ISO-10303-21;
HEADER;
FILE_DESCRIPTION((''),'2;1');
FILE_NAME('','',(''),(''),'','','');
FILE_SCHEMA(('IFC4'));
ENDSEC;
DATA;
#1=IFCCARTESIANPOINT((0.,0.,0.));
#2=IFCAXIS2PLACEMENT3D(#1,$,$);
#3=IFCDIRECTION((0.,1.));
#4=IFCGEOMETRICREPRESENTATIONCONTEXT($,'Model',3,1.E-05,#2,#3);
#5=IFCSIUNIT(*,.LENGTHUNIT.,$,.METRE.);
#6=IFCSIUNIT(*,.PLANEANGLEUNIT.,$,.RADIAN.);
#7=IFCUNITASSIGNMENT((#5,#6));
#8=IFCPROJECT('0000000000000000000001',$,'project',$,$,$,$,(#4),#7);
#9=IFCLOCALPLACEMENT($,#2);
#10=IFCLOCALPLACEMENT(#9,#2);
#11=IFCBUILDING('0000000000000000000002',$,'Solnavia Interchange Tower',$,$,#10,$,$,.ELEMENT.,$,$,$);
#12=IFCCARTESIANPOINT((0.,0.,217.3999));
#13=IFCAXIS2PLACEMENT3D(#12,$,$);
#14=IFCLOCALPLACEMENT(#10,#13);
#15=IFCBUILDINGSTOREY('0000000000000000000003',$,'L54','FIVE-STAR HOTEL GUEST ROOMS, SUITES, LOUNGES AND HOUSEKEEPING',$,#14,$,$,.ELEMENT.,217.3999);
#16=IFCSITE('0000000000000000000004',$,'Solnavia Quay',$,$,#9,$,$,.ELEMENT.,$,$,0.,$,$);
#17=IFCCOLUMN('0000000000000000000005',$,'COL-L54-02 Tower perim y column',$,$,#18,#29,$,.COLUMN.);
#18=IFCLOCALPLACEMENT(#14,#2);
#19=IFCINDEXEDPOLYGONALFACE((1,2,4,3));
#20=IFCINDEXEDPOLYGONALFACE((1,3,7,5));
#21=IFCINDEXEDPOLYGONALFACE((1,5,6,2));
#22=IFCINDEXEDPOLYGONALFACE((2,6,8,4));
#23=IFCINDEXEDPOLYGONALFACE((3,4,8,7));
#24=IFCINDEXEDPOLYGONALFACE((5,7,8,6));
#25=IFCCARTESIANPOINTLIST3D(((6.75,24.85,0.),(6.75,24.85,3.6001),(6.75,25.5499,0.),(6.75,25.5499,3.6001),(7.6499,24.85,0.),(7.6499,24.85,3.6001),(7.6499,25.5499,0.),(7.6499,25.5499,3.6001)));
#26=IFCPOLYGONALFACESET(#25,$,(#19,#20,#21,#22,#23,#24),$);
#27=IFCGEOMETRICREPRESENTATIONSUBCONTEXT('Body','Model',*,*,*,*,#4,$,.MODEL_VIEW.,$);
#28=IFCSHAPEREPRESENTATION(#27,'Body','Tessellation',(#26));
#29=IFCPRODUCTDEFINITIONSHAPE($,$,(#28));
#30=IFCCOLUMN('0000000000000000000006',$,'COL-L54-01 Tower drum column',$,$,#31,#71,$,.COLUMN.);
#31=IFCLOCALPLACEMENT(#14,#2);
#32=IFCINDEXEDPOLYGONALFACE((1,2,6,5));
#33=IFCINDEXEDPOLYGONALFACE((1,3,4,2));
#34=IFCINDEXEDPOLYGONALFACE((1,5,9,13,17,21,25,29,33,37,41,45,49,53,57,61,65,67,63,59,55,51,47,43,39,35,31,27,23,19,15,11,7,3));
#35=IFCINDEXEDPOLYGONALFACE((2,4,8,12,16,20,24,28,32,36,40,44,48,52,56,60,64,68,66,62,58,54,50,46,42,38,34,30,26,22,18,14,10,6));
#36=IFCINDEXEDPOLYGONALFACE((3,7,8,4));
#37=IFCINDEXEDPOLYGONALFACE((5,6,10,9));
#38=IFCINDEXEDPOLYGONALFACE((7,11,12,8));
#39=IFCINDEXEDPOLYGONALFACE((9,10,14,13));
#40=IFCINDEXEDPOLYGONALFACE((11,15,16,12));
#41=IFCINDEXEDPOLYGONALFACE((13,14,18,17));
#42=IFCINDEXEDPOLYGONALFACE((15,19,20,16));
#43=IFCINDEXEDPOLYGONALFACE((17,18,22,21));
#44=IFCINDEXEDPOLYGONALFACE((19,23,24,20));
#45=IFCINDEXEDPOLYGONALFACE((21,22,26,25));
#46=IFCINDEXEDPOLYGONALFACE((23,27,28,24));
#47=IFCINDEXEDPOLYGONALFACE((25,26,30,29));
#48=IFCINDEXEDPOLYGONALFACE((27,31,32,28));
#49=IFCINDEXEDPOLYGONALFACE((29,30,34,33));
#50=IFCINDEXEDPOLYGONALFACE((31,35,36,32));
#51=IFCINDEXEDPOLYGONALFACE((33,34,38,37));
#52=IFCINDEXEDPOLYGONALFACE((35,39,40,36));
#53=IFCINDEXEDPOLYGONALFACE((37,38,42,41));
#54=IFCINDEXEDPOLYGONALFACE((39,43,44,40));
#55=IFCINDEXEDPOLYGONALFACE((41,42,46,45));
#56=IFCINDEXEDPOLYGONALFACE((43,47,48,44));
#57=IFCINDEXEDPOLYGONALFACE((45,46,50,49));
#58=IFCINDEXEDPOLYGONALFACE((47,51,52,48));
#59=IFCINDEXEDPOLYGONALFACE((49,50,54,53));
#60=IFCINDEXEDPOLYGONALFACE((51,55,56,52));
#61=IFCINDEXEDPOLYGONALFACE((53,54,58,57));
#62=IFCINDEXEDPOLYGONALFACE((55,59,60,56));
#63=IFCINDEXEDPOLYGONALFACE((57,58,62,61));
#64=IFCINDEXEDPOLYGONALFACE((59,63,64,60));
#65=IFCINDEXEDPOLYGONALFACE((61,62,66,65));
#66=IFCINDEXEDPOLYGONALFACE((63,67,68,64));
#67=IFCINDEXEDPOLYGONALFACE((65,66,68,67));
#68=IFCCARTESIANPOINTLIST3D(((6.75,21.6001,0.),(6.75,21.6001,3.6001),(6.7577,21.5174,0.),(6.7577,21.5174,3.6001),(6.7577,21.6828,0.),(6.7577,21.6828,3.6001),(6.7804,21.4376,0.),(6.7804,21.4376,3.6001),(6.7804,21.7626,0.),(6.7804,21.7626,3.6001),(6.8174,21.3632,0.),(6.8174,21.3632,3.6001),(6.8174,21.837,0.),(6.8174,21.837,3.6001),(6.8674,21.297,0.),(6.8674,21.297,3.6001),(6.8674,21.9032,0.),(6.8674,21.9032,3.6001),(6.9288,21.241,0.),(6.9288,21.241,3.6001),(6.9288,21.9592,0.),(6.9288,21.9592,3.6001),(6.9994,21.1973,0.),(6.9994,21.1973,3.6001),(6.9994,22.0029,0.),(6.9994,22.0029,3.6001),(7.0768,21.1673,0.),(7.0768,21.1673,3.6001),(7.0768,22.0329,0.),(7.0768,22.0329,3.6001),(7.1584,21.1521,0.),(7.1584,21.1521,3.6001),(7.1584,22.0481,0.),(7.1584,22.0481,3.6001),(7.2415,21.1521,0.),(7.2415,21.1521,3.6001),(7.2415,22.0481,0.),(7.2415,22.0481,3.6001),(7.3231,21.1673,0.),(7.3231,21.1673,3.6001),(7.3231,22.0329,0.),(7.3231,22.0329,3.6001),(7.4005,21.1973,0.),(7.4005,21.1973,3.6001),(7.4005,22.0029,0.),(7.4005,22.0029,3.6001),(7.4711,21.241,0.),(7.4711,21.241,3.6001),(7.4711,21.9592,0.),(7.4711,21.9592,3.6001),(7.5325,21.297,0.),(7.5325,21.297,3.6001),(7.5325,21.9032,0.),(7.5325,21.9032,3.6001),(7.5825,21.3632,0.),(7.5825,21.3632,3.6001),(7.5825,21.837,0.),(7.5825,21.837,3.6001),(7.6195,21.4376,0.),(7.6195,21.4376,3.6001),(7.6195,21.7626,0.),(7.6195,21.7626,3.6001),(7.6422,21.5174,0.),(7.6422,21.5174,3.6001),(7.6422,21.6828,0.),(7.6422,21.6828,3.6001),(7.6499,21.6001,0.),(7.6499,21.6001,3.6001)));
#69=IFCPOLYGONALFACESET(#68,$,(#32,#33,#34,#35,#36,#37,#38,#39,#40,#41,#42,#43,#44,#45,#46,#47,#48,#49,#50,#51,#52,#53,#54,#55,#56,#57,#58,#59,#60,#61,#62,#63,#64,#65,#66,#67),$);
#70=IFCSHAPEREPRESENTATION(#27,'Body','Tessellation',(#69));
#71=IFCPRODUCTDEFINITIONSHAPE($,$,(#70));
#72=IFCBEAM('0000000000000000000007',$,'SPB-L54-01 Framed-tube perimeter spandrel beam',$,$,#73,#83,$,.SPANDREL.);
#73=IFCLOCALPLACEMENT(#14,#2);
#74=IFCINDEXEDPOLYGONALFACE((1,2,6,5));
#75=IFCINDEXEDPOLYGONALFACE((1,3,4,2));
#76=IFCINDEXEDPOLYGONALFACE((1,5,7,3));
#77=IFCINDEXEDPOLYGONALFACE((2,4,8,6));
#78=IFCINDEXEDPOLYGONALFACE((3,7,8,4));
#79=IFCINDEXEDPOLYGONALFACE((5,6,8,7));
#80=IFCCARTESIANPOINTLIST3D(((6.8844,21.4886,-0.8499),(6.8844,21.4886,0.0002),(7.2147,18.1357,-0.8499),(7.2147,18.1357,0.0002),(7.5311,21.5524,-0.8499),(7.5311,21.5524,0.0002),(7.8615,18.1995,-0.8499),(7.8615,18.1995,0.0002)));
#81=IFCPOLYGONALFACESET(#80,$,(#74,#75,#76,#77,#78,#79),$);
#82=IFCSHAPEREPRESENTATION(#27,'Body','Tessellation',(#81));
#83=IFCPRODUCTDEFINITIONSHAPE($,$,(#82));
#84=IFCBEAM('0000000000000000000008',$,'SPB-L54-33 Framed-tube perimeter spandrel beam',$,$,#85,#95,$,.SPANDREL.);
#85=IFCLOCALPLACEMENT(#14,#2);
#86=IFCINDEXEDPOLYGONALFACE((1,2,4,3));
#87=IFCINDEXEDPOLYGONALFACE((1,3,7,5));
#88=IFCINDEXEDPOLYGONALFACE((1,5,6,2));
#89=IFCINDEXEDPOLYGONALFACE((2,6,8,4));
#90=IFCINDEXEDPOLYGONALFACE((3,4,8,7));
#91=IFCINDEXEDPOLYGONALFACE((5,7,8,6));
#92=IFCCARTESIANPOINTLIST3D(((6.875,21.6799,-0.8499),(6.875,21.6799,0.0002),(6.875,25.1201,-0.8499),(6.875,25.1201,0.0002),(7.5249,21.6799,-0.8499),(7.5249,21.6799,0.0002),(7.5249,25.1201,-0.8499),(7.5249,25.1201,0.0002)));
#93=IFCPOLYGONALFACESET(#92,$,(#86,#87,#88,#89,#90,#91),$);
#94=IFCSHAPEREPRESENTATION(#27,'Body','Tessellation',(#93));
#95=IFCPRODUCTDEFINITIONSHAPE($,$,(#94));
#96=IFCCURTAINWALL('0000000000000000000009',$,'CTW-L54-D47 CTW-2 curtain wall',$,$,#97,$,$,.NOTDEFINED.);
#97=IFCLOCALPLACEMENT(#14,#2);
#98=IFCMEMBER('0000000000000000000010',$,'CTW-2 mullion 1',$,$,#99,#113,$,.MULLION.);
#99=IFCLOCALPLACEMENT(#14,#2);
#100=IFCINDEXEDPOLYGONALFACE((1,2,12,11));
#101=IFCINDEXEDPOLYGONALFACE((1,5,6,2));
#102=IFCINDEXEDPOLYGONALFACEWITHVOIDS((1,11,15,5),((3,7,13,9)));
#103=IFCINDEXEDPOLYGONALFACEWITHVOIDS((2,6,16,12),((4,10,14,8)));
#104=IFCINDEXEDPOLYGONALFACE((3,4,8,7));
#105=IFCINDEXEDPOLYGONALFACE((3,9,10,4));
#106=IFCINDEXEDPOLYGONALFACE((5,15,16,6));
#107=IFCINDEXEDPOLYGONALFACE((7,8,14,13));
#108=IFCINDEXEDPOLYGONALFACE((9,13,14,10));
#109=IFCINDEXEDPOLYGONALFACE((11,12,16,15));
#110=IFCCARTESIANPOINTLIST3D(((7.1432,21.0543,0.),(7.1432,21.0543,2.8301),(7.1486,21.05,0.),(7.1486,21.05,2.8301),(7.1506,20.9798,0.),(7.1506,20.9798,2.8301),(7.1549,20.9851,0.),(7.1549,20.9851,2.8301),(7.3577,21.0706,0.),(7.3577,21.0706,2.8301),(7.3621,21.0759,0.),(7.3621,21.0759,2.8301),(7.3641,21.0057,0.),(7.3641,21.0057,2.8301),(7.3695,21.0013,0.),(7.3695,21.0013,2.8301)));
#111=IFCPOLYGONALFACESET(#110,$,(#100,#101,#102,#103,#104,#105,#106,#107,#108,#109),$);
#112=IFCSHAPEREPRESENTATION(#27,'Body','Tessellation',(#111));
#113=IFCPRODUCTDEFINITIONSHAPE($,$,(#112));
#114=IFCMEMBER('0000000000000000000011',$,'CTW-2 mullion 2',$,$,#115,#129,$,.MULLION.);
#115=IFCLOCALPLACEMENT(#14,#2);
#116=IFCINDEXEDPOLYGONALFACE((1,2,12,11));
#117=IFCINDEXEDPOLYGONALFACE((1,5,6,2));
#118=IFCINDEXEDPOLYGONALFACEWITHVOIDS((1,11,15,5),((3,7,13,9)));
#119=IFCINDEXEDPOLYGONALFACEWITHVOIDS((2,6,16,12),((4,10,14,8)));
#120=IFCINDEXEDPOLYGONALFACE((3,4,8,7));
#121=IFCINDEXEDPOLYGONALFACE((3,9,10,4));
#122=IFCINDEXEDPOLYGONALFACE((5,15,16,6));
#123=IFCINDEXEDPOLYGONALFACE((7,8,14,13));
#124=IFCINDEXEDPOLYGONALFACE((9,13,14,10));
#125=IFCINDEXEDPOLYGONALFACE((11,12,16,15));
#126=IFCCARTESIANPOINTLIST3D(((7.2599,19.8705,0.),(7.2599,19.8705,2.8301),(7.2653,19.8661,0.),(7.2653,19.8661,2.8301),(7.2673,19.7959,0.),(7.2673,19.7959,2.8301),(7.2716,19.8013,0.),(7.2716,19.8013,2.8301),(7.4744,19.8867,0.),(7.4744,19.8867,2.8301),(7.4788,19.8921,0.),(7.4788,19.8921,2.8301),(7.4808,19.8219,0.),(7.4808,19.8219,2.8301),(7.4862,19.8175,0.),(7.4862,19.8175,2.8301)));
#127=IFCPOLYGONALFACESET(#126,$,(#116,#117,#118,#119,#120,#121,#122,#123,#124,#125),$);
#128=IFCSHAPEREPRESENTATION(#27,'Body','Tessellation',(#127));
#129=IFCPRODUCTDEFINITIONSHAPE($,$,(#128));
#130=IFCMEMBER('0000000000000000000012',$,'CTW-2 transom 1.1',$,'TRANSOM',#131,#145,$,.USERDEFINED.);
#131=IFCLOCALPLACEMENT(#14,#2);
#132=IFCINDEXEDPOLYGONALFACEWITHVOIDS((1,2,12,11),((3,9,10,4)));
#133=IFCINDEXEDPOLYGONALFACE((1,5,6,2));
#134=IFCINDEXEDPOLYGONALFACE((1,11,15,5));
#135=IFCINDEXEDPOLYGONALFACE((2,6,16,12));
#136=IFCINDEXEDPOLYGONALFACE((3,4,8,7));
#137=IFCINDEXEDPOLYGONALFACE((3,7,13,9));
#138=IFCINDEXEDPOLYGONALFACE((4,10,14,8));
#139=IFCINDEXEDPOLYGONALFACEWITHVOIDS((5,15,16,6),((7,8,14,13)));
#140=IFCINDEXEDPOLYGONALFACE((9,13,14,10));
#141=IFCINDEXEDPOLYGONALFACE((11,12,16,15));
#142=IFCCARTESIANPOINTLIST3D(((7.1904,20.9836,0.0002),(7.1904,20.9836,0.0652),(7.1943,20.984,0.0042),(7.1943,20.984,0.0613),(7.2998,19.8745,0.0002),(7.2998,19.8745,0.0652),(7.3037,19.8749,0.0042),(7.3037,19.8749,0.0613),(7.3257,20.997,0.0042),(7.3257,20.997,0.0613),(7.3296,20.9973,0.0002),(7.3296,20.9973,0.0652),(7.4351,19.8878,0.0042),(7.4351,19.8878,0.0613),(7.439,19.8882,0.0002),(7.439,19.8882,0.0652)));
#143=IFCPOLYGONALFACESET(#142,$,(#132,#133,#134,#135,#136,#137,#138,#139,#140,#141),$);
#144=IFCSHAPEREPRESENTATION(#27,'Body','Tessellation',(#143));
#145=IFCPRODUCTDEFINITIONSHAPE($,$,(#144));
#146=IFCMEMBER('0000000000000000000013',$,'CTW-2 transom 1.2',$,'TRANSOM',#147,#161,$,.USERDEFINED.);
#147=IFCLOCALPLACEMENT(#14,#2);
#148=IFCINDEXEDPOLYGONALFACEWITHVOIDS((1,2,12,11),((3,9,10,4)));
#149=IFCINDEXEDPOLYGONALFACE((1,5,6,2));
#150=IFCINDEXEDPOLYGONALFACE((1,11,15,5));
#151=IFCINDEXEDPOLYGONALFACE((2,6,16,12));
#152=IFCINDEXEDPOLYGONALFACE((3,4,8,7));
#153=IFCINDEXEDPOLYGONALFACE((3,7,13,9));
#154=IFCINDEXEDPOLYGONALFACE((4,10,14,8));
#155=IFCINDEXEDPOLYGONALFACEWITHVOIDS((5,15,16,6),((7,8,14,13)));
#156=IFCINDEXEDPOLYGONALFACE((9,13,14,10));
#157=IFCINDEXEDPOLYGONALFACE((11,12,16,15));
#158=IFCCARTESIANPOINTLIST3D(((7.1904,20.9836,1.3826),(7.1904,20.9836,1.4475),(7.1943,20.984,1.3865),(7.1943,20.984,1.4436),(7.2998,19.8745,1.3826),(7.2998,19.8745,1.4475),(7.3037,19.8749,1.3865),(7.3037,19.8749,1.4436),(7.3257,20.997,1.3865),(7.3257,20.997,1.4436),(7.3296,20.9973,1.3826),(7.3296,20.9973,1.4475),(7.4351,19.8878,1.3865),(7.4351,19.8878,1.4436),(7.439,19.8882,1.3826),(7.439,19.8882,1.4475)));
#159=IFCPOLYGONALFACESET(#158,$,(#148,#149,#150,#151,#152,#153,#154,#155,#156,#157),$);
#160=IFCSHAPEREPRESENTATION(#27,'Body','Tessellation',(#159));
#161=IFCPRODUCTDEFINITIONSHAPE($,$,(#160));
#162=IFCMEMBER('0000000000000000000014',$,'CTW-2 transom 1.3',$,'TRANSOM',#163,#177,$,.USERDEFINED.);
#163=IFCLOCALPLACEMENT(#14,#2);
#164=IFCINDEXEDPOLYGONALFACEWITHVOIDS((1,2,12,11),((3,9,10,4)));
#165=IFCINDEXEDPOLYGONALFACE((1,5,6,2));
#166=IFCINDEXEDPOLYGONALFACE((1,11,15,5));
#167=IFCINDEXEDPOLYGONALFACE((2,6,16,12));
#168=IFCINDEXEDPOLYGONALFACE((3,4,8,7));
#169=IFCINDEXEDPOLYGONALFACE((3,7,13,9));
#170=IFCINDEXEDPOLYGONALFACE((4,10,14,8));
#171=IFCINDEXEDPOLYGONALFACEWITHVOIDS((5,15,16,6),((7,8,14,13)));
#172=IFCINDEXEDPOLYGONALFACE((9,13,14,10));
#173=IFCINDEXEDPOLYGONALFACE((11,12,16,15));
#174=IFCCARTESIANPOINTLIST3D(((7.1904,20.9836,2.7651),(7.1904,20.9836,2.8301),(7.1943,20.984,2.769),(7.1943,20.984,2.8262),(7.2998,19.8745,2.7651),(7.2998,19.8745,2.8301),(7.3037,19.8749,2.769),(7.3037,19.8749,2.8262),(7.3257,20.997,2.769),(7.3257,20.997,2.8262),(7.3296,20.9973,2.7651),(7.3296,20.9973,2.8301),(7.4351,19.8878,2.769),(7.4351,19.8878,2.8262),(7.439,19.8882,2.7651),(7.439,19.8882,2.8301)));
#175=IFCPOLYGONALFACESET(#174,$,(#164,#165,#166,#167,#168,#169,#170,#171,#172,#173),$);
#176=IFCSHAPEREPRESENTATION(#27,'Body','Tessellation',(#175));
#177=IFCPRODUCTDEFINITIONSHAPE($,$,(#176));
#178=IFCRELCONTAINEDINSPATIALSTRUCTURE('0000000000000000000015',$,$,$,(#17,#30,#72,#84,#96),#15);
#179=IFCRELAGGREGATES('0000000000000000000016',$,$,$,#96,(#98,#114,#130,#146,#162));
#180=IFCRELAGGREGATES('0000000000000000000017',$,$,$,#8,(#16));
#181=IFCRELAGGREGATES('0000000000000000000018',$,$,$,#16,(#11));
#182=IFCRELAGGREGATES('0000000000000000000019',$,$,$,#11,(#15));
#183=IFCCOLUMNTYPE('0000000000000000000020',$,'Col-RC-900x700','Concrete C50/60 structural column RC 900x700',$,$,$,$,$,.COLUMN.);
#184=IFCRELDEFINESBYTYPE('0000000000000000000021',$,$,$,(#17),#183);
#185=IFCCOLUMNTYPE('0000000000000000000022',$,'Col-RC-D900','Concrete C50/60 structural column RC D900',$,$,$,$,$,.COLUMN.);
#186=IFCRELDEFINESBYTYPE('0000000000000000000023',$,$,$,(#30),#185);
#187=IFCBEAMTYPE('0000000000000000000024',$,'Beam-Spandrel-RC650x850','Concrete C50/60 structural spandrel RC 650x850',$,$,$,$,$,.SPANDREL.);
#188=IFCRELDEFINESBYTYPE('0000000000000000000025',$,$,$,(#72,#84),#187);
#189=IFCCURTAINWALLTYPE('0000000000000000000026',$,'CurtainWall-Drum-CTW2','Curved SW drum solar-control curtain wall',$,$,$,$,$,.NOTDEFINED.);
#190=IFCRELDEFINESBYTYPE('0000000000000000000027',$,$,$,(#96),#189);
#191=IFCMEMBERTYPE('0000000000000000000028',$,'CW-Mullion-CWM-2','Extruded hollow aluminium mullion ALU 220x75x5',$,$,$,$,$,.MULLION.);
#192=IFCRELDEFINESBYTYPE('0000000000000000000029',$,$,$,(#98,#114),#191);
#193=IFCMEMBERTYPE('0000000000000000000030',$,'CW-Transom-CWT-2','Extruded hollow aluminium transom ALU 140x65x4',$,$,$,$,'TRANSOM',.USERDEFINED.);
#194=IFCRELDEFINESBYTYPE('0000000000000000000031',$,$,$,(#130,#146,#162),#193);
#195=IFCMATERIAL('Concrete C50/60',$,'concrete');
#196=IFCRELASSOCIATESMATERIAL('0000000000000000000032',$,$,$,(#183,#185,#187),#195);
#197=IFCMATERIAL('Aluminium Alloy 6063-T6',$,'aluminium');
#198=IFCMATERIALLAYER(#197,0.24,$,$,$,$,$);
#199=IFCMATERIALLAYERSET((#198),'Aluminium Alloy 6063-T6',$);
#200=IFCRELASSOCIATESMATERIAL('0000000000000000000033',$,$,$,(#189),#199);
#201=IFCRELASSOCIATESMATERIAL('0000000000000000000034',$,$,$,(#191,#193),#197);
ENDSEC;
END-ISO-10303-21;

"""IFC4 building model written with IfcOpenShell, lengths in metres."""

from ifc_helpers import new_model, si_unit, direction, frame, origin, origin_2d, place, context, subcontext, project, spatial, rectangle, hollow_rectangle, circle, extrude, material, layer, layer_set, material_profile, profile_set, type_object, element, aggregate, save


model = new_model("IFC4")

# Units and contexts
model_context = context("Model", 3, precision=1e-05, world=origin(), true_north=direction((0.0, 1.0)))
body_context = subcontext(model_context, "Body", "Model", "MODEL_VIEW")
ifc_project = project(units=[si_unit("LENGTHUNIT", "METRE"), si_unit("PLANEANGLEUNIT", "RADIAN")], contexts=[model_context])

# Site, building, storey
site_placement = place(None, origin())
site = spatial("IfcSite", under=ifc_project, at=site_placement, Name="Solnavia Quay", CompositionType="ELEMENT", RefElevation=0.0)
building_placement = place(site_placement, origin())
building = spatial("IfcBuilding", under=site, at=building_placement, Name="Solnavia Interchange Tower", CompositionType="ELEMENT")
storey_placement = place(building_placement, frame((0.0, 0.0, 217.3999)))
storey = spatial("IfcBuildingStorey", under=building, at=storey_placement, Name="L54", Description="FIVE-STAR HOTEL GUEST ROOMS, SUITES, LOUNGES AND HOUSEKEEPING", CompositionType="ELEMENT", Elevation=217.3999)

# Columns
ifc_material_1 = material(Name="Concrete C50/60", Category="concrete")
ifc_material_profile_1 = material_profile(ifc_material_1, rectangle(XDim=0.7, YDim=0.8999, at=origin_2d()), Name="RC 900x700")
ifc_profile_set_1 = profile_set([ifc_material_profile_1], Name="Concrete C50/60")
column_type_1 = type_object("IfcColumnType", Name="Col-RC-900x700", Description="Concrete C50/60 structural column RC 900x700", PredefinedType="COLUMN", material=ifc_profile_set_1)
column_1_placement = place(storey_placement, frame((7.2, 25.2, 0.0), z_axis=(0.0, 0.0, 1.0), x_axis=(0.0, 1.0, 0.0)))
element("IfcColumn", 1, at=column_1_placement, inside=storey, type_object=column_type_1, Name="COL-L54-02 Tower perim y column", PredefinedType="COLUMN", context=body_context, shape_type="SweptSolid", body=[
    extrude(rectangle(XDim=0.7, YDim=0.8999, at=origin_2d()), origin(), (0.0, 0.0, 1.0), 3.6001),
])
ifc_material_profile_2 = material_profile(ifc_material_1, circle(Radius=0.45, at=origin_2d()), Name="RC D900")
ifc_profile_set_2 = profile_set([ifc_material_profile_2], Name="Concrete C50/60")
column_type_2 = type_object("IfcColumnType", Name="Col-RC-D900", Description="Concrete C50/60 structural column RC D900", PredefinedType="COLUMN", material=ifc_profile_set_2)
column_2_placement = place(storey_placement, frame((7.2, 21.6001, 0.0), z_axis=(0.0, 0.0, 1.0), x_axis=(1.0, 0.0, 0.0)))
element("IfcColumn", 2, at=column_2_placement, inside=storey, type_object=column_type_2, Name="COL-L54-01 Tower drum column", PredefinedType="COLUMN", context=body_context, shape_type="SweptSolid", body=[
    extrude(circle(Radius=0.45, at=origin_2d()), origin(), (0.0, 0.0, 1.0), 3.6001),
])

# Beams
ifc_material_profile_3 = material_profile(ifc_material_1, rectangle(XDim=0.6499, YDim=0.8501, at=origin_2d()), Name="RC 650x850")
ifc_profile_set_3 = profile_set([ifc_material_profile_3], Name="Concrete C50/60")
beam_type = type_object("IfcBeamType", Name="Beam-Spandrel-RC650x850", Description="Concrete C50/60 structural spandrel RC 650x850", PredefinedType="SPANDREL", material=ifc_profile_set_3)
beam_1_placement = place(storey_placement, frame((7.2078, 21.5205, -0.4248), z_axis=(0.09804, -0.995182, 0.0), x_axis=(0.995182, 0.09804, 0.0)))
element("IfcBeam", 3, at=beam_1_placement, inside=storey, type_object=beam_type, Name="SPB-L54-01 Framed-tube perimeter spandrel beam", PredefinedType="SPANDREL", context=body_context, shape_type="SweptSolid", body=[
    extrude(rectangle(XDim=0.6499, YDim=0.8501, at=origin_2d()), origin(), (0.0, 0.0, 1.0), 3.3691),
])
beam_2_placement = place(storey_placement, frame((7.2, 25.1201, -0.4248), z_axis=(0.0, -1.0, 0.0), x_axis=(1.0, 0.0, 0.0)))
element("IfcBeam", 4, at=beam_2_placement, inside=storey, type_object=beam_type, Name="SPB-L54-33 Framed-tube perimeter spandrel beam", PredefinedType="SPANDREL", context=body_context, shape_type="SweptSolid", body=[
    extrude(rectangle(XDim=0.6499, YDim=0.8501, at=origin_2d()), origin(), (0.0, 0.0, 1.0), 3.4402),
])

# Curtain wall, members
ifc_material_2 = material(Name="Aluminium Alloy 6063-T6", Category="aluminium")
ifc_layer_1 = layer(ifc_material_2, 0.24)
ifc_layer_set_1 = layer_set([ifc_layer_1], Name="Aluminium Alloy 6063-T6")
curtain_wall_type = type_object("IfcCurtainWallType", Name="CurtainWall-Drum-CTW2", Description="Curved SW drum solar-control curtain wall", PredefinedType="NOTDEFINED", material=ifc_layer_set_1)
curtain_wall_placement = place(storey_placement, origin())
curtain_wall = element("IfcCurtainWall", 5, at=curtain_wall_placement, inside=storey, type_object=curtain_wall_type, Name="CTW-L54-D47 CTW-2 curtain wall", PredefinedType="NOTDEFINED")
ifc_material_profile_4 = material_profile(ifc_material_2, hollow_rectangle(XDim=0.075, YDim=0.22, WallThickness=0.0049, at=origin_2d()), Name="ALU 220x75x5")
ifc_profile_set_4 = profile_set([ifc_material_profile_4], Name="Aluminium Alloy 6063-T6")
member_type_1 = type_object("IfcMemberType", Name="CW-Mullion-CWM-2", Description="Extruded hollow aluminium mullion ALU 220x75x5", PredefinedType="MULLION", material=ifc_profile_set_4)
member_1_placement = place(storey_placement, frame((7.2563, 21.0278, 0.0), z_axis=(0.0, 0.0, 1.0), x_axis=(0.098043, -0.995182, 0.0)))
member_1 = element("IfcMember", 6, at=member_1_placement, type_object=member_type_1, Name="CTW-2 mullion 1", PredefinedType="MULLION", context=body_context, shape_type="SweptSolid", body=[
    extrude(hollow_rectangle(XDim=0.075, YDim=0.22, WallThickness=0.0049, at=origin_2d()), origin(), (0.0, 0.0, 1.0), 2.8301),
])
member_2_placement = place(storey_placement, frame((7.373, 19.844, 0.0), z_axis=(0.0, 0.0, 1.0), x_axis=(0.098043, -0.995182, 0.0)))
member_2 = element("IfcMember", 7, at=member_2_placement, type_object=member_type_1, Name="CTW-2 mullion 2", PredefinedType="MULLION", context=body_context, shape_type="SweptSolid", body=[
    extrude(hollow_rectangle(XDim=0.075, YDim=0.22, WallThickness=0.0049, at=origin_2d()), origin(), (0.0, 0.0, 1.0), 2.8301),
])
ifc_material_profile_5 = material_profile(ifc_material_2, hollow_rectangle(XDim=0.0649, YDim=0.1399, WallThickness=0.0039, at=origin_2d()), Name="ALU 140x65x4")
ifc_profile_set_5 = profile_set([ifc_material_profile_5], Name="Aluminium Alloy 6063-T6")
member_type_2 = type_object("IfcMemberType", Name="CW-Transom-CWT-2", Description="Extruded hollow aluminium transom ALU 140x65x4", ElementType="TRANSOM", PredefinedType="USERDEFINED", material=ifc_profile_set_5)
member_3_placement = place(storey_placement, frame((7.26, 20.9905, 0.0327), z_axis=(0.098137, -0.995173, 0.0), x_axis=(0.0, 0.0, 1.0)))
member_3 = element("IfcMember", 8, at=member_3_placement, type_object=member_type_2, Name="CTW-2 transom 1.1", ObjectType="TRANSOM", PredefinedType="USERDEFINED", context=body_context, shape_type="SweptSolid", body=[
    extrude(hollow_rectangle(XDim=0.0649, YDim=0.1399, WallThickness=0.0039, at=origin_2d()), origin(), (0.0, 0.0, 1.0), 1.1145),
])
member_4_placement = place(storey_placement, frame((7.26, 20.9905, 1.415), z_axis=(0.098137, -0.995173, 0.0), x_axis=(0.0, 0.0, 1.0)))
member_4 = element("IfcMember", 9, at=member_4_placement, type_object=member_type_2, Name="CTW-2 transom 1.2", ObjectType="TRANSOM", PredefinedType="USERDEFINED", context=body_context, shape_type="SweptSolid", body=[
    extrude(hollow_rectangle(XDim=0.0649, YDim=0.1399, WallThickness=0.0039, at=origin_2d()), origin(), (0.0, 0.0, 1.0), 1.1145),
])
member_5_placement = place(storey_placement, frame((7.26, 20.9905, 2.7976), z_axis=(0.098137, -0.995173, 0.0), x_axis=(0.0, 0.0, 1.0)))
member_5 = element("IfcMember", 10, at=member_5_placement, type_object=member_type_2, Name="CTW-2 transom 1.3", ObjectType="TRANSOM", PredefinedType="USERDEFINED", context=body_context, shape_type="SweptSolid", body=[
    extrude(hollow_rectangle(XDim=0.0649, YDim=0.1399, WallThickness=0.0039, at=origin_2d()), origin(), (0.0, 0.0, 1.0), 1.1145),
])
aggregate(curtain_wall, [member_1, member_2, member_3, member_4, member_5])

save(model, "model.ifc")
